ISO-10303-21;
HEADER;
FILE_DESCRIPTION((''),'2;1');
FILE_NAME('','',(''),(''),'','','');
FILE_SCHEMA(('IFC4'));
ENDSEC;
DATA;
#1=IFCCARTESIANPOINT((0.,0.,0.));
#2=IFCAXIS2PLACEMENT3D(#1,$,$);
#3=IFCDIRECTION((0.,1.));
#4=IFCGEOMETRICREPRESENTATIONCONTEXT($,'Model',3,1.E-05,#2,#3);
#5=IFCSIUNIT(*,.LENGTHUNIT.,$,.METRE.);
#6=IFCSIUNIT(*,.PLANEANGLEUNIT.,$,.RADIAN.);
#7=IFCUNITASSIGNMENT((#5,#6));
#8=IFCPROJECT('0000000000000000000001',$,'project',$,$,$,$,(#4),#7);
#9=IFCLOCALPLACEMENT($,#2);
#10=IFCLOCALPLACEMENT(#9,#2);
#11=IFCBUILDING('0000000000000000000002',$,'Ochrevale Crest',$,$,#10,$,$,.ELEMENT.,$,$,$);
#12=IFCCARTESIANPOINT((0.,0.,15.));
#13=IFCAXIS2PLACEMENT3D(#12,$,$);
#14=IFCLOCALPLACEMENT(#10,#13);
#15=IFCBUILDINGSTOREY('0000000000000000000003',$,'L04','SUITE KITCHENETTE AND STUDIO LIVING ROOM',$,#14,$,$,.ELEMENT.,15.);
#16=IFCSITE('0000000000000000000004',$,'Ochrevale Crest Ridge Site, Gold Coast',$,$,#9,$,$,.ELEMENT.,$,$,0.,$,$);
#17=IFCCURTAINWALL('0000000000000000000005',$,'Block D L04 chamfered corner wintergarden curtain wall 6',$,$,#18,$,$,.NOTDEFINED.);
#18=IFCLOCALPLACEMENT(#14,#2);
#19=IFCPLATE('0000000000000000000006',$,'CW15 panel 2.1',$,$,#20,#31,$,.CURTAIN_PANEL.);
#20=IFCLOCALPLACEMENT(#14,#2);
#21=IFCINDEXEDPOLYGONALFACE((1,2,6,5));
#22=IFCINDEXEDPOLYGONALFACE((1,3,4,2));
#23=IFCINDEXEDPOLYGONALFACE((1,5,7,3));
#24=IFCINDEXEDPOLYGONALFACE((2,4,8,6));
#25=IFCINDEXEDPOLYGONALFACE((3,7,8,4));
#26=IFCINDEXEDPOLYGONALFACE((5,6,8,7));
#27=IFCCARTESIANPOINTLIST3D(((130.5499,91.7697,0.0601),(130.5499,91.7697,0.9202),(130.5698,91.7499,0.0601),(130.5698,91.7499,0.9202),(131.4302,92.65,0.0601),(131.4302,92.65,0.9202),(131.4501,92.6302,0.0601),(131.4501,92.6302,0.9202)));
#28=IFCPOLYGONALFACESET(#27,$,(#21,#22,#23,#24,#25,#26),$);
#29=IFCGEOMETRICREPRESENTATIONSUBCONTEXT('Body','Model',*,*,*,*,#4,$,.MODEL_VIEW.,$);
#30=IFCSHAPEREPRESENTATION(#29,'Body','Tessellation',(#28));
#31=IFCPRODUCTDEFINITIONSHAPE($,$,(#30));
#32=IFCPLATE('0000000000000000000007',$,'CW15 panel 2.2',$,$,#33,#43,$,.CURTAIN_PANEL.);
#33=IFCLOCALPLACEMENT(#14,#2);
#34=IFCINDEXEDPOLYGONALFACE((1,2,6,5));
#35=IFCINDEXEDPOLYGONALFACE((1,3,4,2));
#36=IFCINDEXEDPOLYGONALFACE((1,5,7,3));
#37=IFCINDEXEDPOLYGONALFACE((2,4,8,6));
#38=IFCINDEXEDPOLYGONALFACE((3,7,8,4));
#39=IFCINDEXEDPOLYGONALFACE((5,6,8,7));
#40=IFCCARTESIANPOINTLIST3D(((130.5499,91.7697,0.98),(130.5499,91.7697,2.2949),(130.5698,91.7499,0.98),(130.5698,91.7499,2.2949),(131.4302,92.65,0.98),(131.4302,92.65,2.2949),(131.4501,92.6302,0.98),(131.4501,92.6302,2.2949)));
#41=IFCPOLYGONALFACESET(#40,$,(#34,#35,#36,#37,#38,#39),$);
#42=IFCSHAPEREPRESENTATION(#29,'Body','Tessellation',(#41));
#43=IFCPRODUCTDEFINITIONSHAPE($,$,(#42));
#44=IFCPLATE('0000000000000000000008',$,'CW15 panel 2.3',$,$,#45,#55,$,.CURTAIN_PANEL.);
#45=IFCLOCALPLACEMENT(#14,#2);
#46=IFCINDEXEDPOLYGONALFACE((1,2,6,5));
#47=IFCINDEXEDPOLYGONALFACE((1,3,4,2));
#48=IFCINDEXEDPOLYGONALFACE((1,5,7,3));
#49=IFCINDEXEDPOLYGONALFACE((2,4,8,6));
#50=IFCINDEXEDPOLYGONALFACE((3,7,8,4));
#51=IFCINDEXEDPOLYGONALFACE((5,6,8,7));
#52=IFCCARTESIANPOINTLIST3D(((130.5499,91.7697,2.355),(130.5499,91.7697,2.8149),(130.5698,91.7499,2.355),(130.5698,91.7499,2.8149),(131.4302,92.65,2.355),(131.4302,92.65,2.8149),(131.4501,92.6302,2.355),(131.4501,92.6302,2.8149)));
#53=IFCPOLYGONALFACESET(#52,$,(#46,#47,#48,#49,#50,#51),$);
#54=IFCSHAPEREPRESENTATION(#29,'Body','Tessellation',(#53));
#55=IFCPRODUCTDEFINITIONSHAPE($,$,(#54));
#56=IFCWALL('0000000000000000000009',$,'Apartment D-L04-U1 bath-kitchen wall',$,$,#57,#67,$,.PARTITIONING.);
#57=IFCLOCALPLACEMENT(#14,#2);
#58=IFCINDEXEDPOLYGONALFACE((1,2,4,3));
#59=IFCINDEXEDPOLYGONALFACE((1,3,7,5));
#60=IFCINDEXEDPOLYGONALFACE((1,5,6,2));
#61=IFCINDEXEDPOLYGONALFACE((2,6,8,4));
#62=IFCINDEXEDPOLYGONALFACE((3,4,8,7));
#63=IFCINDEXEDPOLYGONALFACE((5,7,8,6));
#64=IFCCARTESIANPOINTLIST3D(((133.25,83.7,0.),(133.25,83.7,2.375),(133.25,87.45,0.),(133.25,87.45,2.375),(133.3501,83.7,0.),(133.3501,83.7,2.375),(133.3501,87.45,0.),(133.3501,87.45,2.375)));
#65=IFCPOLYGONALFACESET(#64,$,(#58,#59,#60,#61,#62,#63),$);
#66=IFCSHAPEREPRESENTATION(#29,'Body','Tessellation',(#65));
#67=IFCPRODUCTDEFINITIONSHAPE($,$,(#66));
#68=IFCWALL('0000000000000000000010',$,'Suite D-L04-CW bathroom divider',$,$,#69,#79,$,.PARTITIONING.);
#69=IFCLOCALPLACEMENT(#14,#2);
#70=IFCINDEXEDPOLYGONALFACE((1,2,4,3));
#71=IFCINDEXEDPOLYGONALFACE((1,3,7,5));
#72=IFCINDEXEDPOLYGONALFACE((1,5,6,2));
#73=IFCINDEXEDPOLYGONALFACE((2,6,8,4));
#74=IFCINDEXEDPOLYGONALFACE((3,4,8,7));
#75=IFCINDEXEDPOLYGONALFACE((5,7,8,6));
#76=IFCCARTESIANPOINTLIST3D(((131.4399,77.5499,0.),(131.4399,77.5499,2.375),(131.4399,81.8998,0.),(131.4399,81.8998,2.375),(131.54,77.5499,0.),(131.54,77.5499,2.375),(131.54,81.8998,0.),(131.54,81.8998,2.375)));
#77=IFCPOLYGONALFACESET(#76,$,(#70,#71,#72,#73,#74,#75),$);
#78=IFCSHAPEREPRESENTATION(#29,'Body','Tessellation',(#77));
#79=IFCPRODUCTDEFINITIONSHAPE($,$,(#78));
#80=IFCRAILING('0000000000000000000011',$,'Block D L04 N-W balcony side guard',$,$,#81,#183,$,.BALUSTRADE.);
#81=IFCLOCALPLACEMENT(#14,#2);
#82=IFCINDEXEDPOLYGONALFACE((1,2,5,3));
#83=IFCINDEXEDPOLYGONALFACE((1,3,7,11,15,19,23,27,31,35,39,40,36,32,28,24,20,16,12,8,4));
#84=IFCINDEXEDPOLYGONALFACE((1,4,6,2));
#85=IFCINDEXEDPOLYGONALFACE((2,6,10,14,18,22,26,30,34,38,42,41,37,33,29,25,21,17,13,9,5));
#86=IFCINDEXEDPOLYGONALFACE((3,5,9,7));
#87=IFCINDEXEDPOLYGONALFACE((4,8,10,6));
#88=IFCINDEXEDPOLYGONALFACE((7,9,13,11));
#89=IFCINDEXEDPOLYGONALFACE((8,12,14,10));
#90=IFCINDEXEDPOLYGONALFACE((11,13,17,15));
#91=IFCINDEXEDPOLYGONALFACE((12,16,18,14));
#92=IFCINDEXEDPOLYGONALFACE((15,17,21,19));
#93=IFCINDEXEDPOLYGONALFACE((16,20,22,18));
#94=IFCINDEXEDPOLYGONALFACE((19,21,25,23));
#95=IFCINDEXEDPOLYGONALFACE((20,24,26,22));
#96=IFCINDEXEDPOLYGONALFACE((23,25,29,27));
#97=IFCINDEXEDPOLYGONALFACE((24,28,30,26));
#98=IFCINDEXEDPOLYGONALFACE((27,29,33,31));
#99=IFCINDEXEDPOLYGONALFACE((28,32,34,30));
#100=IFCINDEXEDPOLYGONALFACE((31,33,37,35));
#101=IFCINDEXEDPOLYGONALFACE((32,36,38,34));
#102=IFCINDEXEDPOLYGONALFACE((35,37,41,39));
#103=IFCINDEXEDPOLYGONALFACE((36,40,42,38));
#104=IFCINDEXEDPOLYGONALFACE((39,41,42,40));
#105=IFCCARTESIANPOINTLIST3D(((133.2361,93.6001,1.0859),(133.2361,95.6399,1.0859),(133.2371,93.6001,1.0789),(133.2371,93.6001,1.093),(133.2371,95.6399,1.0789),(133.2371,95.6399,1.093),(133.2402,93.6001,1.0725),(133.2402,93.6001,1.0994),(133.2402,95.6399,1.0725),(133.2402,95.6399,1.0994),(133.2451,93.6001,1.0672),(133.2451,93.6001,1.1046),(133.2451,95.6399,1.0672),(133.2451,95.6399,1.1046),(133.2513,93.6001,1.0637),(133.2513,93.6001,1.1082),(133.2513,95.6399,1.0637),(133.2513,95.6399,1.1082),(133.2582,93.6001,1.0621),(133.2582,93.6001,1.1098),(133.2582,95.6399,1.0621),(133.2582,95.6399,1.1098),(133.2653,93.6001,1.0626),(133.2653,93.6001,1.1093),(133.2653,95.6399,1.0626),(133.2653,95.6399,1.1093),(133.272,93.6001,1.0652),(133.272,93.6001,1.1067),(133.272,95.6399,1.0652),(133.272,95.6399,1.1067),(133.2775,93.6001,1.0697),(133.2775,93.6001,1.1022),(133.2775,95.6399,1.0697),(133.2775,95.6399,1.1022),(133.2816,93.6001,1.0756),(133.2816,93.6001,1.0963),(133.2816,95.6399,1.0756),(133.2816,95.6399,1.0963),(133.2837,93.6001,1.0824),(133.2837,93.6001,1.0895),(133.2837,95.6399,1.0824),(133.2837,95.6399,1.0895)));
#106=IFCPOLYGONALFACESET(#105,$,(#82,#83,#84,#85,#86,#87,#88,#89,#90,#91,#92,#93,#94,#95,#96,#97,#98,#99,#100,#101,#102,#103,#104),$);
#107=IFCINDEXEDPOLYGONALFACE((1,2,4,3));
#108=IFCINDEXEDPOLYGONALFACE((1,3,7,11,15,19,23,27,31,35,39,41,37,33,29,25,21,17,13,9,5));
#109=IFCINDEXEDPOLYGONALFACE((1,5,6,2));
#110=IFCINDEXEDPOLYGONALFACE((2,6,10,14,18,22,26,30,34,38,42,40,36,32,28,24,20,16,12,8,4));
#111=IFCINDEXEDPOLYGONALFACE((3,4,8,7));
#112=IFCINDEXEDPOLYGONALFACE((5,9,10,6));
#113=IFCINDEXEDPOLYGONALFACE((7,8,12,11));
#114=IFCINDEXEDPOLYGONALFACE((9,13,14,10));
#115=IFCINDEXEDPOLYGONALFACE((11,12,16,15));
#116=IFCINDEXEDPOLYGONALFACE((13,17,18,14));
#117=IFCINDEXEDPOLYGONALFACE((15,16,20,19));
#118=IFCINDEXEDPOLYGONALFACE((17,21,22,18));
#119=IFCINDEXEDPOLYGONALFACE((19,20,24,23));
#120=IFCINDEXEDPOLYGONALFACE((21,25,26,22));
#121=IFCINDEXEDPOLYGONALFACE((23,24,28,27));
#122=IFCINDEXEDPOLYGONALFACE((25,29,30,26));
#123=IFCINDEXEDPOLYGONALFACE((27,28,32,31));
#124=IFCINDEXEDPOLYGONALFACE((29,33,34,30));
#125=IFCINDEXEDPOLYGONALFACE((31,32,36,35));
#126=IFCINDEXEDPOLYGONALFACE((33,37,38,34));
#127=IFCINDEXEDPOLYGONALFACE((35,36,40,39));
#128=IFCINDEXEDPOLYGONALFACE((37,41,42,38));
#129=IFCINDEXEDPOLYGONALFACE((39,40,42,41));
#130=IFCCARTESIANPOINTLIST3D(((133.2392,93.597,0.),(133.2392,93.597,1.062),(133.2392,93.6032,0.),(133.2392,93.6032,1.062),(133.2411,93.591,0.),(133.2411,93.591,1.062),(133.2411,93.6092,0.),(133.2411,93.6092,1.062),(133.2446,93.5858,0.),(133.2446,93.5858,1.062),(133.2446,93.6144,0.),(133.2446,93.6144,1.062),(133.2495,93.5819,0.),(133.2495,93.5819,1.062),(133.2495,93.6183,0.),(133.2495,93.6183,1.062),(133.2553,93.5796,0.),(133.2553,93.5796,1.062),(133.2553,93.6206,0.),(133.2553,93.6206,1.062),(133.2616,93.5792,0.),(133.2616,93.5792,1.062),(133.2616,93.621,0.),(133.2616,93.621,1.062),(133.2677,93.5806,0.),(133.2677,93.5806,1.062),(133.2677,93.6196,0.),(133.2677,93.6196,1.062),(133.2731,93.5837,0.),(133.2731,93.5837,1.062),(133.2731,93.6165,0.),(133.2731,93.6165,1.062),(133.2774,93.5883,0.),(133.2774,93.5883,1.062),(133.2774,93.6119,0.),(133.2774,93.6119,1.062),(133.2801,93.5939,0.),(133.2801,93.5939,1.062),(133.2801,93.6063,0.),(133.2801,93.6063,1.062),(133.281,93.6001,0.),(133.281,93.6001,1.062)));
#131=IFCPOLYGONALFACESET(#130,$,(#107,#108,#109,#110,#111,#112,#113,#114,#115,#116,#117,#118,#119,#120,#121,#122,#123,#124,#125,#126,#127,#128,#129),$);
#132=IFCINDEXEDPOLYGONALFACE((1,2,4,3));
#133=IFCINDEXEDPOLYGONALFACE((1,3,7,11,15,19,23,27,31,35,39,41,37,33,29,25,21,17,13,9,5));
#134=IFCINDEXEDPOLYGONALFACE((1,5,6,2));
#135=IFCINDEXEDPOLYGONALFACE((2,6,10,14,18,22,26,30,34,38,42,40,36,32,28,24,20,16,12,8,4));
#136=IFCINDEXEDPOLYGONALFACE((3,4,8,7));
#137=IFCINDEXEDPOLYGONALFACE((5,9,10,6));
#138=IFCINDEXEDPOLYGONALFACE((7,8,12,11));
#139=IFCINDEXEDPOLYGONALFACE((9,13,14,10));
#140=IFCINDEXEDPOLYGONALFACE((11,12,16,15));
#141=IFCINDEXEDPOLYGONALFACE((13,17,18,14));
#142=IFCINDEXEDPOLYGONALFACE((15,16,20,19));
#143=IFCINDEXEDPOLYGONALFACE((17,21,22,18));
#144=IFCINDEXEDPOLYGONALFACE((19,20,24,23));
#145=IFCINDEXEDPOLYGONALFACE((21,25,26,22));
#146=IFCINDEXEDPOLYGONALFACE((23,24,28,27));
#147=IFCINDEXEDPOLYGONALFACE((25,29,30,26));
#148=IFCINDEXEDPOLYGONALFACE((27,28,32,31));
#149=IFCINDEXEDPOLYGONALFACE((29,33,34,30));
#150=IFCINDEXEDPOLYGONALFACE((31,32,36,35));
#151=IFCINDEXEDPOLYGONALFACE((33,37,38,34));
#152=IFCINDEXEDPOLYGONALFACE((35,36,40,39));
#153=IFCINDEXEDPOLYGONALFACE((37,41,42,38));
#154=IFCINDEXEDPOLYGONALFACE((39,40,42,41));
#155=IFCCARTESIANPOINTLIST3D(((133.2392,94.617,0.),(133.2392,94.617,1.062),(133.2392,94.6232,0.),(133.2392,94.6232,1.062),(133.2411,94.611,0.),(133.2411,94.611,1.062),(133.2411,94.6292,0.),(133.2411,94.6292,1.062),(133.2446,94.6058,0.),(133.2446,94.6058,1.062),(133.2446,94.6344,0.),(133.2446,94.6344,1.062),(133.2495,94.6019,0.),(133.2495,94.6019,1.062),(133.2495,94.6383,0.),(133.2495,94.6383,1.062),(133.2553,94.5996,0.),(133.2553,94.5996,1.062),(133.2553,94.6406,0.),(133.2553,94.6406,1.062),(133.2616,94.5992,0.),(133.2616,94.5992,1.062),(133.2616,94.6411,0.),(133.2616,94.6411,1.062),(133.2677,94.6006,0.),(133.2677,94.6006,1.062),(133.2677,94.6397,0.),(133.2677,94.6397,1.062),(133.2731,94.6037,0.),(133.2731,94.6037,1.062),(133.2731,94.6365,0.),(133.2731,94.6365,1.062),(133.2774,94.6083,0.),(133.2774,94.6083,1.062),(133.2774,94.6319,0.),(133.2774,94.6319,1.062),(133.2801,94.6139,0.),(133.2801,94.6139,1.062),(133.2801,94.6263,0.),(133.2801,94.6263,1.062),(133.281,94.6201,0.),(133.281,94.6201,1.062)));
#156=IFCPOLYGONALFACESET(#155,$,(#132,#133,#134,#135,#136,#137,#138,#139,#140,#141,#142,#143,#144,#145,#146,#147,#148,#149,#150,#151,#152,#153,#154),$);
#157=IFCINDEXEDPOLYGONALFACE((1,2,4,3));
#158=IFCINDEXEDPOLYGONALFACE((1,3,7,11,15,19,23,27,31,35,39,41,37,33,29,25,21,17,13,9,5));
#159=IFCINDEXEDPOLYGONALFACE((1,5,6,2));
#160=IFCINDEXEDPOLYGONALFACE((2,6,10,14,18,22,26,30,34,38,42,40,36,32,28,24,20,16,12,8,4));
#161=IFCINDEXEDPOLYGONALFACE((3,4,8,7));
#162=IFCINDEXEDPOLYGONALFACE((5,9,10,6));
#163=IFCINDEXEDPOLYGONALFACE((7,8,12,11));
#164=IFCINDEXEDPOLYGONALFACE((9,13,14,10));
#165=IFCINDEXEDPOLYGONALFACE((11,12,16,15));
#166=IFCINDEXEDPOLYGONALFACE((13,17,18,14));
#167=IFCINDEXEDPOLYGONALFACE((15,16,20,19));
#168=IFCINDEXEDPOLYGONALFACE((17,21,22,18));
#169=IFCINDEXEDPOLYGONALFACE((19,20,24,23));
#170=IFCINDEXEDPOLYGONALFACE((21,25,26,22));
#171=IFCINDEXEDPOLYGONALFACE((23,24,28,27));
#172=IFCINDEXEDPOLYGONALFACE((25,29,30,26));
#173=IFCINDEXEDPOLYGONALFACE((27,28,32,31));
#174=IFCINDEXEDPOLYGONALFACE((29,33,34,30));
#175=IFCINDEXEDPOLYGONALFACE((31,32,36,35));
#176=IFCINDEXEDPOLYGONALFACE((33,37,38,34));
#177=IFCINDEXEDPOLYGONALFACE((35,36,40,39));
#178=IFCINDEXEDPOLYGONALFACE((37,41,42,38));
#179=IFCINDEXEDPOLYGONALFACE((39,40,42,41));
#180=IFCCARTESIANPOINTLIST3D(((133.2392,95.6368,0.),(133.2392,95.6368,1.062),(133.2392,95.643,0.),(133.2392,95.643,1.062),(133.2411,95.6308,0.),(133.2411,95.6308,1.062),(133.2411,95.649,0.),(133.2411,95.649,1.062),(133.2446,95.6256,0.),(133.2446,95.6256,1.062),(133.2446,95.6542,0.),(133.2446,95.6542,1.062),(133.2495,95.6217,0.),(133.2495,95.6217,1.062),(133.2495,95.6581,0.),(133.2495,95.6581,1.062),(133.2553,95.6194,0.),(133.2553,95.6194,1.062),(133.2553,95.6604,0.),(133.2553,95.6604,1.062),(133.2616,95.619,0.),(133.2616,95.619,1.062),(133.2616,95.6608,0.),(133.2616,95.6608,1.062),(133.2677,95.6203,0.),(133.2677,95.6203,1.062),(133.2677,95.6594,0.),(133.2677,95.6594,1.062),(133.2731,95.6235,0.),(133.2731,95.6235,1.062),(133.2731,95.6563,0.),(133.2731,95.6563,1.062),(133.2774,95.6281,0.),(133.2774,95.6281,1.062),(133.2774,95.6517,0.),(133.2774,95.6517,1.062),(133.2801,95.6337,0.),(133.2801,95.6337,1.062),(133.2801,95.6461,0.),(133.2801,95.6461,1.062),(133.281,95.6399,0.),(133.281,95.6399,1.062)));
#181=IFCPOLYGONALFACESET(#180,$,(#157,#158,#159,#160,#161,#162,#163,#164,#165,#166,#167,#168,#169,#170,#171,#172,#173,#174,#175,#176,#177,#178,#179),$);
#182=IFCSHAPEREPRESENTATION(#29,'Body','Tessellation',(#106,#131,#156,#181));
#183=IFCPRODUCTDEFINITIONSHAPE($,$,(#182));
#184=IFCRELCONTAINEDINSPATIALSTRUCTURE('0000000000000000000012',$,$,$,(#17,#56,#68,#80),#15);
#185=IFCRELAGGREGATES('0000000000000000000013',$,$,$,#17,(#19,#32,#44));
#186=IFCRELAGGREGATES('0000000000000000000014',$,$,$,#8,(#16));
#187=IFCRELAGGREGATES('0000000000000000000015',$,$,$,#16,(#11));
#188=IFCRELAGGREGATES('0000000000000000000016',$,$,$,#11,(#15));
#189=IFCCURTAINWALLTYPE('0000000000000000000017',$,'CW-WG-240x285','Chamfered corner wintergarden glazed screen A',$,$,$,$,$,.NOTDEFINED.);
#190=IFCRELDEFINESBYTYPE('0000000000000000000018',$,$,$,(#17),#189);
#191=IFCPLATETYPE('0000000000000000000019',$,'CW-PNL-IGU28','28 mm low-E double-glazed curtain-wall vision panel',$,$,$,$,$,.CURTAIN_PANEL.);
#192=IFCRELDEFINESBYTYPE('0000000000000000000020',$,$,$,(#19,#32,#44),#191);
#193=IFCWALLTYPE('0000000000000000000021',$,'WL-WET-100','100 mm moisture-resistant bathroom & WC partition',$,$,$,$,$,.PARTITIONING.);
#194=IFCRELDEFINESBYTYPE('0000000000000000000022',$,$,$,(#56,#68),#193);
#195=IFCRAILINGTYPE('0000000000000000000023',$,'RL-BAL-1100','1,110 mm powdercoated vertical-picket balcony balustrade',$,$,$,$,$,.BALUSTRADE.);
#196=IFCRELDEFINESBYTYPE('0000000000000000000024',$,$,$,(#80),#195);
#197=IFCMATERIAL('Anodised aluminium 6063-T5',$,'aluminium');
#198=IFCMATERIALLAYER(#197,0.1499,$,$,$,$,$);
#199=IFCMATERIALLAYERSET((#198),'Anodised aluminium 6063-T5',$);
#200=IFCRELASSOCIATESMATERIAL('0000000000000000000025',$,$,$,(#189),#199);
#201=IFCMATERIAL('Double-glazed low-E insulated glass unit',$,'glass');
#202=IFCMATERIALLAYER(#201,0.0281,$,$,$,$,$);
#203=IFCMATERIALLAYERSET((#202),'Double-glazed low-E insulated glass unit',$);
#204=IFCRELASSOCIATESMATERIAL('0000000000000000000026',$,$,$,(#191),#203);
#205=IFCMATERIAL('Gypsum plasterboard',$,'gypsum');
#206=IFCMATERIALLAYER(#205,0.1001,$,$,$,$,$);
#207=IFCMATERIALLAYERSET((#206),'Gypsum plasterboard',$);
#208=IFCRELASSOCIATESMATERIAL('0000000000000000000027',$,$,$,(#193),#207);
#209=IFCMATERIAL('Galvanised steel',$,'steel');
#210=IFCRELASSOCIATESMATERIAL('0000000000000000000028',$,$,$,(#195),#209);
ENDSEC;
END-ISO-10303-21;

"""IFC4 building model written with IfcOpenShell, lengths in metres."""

from ifc_helpers import new_model, si_unit, direction, frame, frame_2d, origin, origin_2d, place, context, subcontext, project, spatial, rectangle, circle, extrude, material, layer, layer_set, type_object, element, aggregate, save


model = new_model("IFC4")

# Units and contexts
model_context = context("Model", 3, precision=1e-05, world=origin(), true_north=direction((0.0, 1.0)))
body_context = subcontext(model_context, "Body", "Model", "MODEL_VIEW")
ifc_project = project(units=[si_unit("LENGTHUNIT", "METRE"), si_unit("PLANEANGLEUNIT", "RADIAN")], contexts=[model_context])

# Site, building, storey
site_placement = place(None, origin())
site = spatial("IfcSite", under=ifc_project, at=site_placement, Name="Ochrevale Crest Ridge Site, Gold Coast", CompositionType="ELEMENT", RefElevation=0.0)
building_placement = place(site_placement, origin())
building = spatial("IfcBuilding", under=site, at=building_placement, Name="Ochrevale Crest", CompositionType="ELEMENT")
storey_placement = place(building_placement, frame((0.0, 0.0, 15.0)))
storey = spatial("IfcBuildingStorey", under=building, at=storey_placement, Name="L04", Description="SUITE KITCHENETTE AND STUDIO LIVING ROOM", CompositionType="ELEMENT", Elevation=15.0)

# Curtain wall, plates
ifc_material_1 = material(Name="Anodised aluminium 6063-T5", Category="aluminium")
ifc_layer_1 = layer(ifc_material_1, 0.1499)
ifc_layer_set_1 = layer_set([ifc_layer_1], Name="Anodised aluminium 6063-T5")
curtain_wall_type = type_object("IfcCurtainWallType", Name="CW-WG-240x285", Description="Chamfered corner wintergarden glazed screen A", PredefinedType="NOTDEFINED", material=ifc_layer_set_1)
curtain_wall_placement = place(storey_placement, origin())
curtain_wall = element("IfcCurtainWall", 1, at=curtain_wall_placement, inside=storey, type_object=curtain_wall_type, Name="Block D L04 chamfered corner wintergarden curtain wall 6", PredefinedType="NOTDEFINED")
ifc_material_2 = material(Name="Double-glazed low-E insulated glass unit", Category="glass")
ifc_layer_2 = layer(ifc_material_2, 0.0281)
ifc_layer_set_2 = layer_set([ifc_layer_2], Name="Double-glazed low-E insulated glass unit")
plate_type = type_object("IfcPlateType", Name="CW-PNL-IGU28", Description="28 mm low-E double-glazed curtain-wall vision panel", PredefinedType="CURTAIN_PANEL", material=ifc_layer_set_2)
plate_1_placement = place(storey_placement, frame((131.0, 92.2, 0.0601), z_axis=(0.0, 0.0, 1.0), x_axis=(-0.707107, -0.707107, 0.0)))
plate_1 = element("IfcPlate", 2, at=plate_1_placement, type_object=plate_type, Name="CW15 panel 2.1", PredefinedType="CURTAIN_PANEL", context=body_context, shape_type="SweptSolid", body=[
    extrude(rectangle(XDim=1.2449, YDim=0.0281, at=origin_2d()), origin(), (0.0, 0.0, 1.0), 0.8601),
])
plate_2_placement = place(storey_placement, frame((131.0, 92.2, 0.98), z_axis=(0.0, 0.0, 1.0), x_axis=(-0.707107, -0.707107, 0.0)))
plate_2 = element("IfcPlate", 3, at=plate_2_placement, type_object=plate_type, Name="CW15 panel 2.2", PredefinedType="CURTAIN_PANEL", context=body_context, shape_type="SweptSolid", body=[
    extrude(rectangle(XDim=1.2449, YDim=0.0281, at=origin_2d()), origin(), (0.0, 0.0, 1.0), 1.3149),
])
plate_3_placement = place(storey_placement, frame((131.0, 92.2, 2.355), z_axis=(0.0, 0.0, 1.0), x_axis=(-0.707107, -0.707107, 0.0)))
plate_3 = element("IfcPlate", 4, at=plate_3_placement, type_object=plate_type, Name="CW15 panel 2.3", PredefinedType="CURTAIN_PANEL", context=body_context, shape_type="SweptSolid", body=[
    extrude(rectangle(XDim=1.2449, YDim=0.0281, at=origin_2d()), origin(), (0.0, 0.0, 1.0), 0.46),
])
aggregate(curtain_wall, [plate_1, plate_2, plate_3])

# Walls
ifc_material_3 = material(Name="Gypsum plasterboard", Category="gypsum")
ifc_layer_3 = layer(ifc_material_3, 0.1001)
ifc_layer_set_3 = layer_set([ifc_layer_3], Name="Gypsum plasterboard")
wall_type = type_object("IfcWallType", Name="WL-WET-100", Description="100 mm moisture-resistant bathroom & WC partition", PredefinedType="PARTITIONING", material=ifc_layer_set_3)
wall_1_placement = place(storey_placement, frame((133.3, 83.7, 0.0), z_axis=(0.0, 0.0, 1.0), x_axis=(0.0, 1.0, 0.0)))
element("IfcWall", 5, at=wall_1_placement, inside=storey, type_object=wall_type, Name="Apartment D-L04-U1 bath-kitchen wall", PredefinedType="PARTITIONING", context=body_context, shape_type="SweptSolid", body=[
    extrude(rectangle(XDim=3.75, YDim=0.1001, at=frame_2d((1.875, 0.0))), origin(), (0.0, 0.0, 1.0), 2.375),
])
wall_2_placement = place(storey_placement, frame((131.49, 77.55, 0.0), z_axis=(0.0, 0.0, 1.0), x_axis=(0.0, 1.0, 0.0)))
element("IfcWall", 6, at=wall_2_placement, inside=storey, type_object=wall_type, Name="Suite D-L04-CW bathroom divider", PredefinedType="PARTITIONING", context=body_context, shape_type="SweptSolid", body=[
    extrude(rectangle(XDim=4.3499, YDim=0.1001, at=frame_2d((2.1748, 0.0))), origin(), (0.0, 0.0, 1.0), 2.375),
])

# Railing
ifc_material_4 = material(Name="Galvanised steel", Category="steel")
railing_type = type_object("IfcRailingType", Name="RL-BAL-1100", Description="1,110 mm powdercoated vertical-picket balcony balustrade", PredefinedType="BALUSTRADE", material=ifc_material_4)
railing_1_placement = place(storey_placement, frame((133.26, 93.6001, 0.0)))
element("IfcRailing", 7, at=railing_1_placement, inside=storey, type_object=railing_type, Name="Block D L04 N-W balcony side guard", PredefinedType="BALUSTRADE", context=body_context, shape_type="SweptSolid", body=[
    extrude(circle(Radius=0.0239, at=origin_2d()), frame((0.0, 0.0, 1.0859), z_axis=(0.0, 1.0, 0.0), x_axis=(-1.0, 0.0, 0.0)), (0.0, 0.0, 1.0), 2.0398),
    extrude(circle(Radius=0.021, at=origin_2d()), origin(), (0.0, 0.0, 1.0), 1.062),
    extrude(circle(Radius=0.021, at=origin_2d()), frame((0.0, 1.02, 0.0)), (0.0, 0.0, 1.0), 1.062),
    extrude(circle(Radius=0.021, at=origin_2d()), frame((0.0, 2.0398, 0.0)), (0.0, 0.0, 1.0), 1.062),
])

save(model, "model.ifc")
